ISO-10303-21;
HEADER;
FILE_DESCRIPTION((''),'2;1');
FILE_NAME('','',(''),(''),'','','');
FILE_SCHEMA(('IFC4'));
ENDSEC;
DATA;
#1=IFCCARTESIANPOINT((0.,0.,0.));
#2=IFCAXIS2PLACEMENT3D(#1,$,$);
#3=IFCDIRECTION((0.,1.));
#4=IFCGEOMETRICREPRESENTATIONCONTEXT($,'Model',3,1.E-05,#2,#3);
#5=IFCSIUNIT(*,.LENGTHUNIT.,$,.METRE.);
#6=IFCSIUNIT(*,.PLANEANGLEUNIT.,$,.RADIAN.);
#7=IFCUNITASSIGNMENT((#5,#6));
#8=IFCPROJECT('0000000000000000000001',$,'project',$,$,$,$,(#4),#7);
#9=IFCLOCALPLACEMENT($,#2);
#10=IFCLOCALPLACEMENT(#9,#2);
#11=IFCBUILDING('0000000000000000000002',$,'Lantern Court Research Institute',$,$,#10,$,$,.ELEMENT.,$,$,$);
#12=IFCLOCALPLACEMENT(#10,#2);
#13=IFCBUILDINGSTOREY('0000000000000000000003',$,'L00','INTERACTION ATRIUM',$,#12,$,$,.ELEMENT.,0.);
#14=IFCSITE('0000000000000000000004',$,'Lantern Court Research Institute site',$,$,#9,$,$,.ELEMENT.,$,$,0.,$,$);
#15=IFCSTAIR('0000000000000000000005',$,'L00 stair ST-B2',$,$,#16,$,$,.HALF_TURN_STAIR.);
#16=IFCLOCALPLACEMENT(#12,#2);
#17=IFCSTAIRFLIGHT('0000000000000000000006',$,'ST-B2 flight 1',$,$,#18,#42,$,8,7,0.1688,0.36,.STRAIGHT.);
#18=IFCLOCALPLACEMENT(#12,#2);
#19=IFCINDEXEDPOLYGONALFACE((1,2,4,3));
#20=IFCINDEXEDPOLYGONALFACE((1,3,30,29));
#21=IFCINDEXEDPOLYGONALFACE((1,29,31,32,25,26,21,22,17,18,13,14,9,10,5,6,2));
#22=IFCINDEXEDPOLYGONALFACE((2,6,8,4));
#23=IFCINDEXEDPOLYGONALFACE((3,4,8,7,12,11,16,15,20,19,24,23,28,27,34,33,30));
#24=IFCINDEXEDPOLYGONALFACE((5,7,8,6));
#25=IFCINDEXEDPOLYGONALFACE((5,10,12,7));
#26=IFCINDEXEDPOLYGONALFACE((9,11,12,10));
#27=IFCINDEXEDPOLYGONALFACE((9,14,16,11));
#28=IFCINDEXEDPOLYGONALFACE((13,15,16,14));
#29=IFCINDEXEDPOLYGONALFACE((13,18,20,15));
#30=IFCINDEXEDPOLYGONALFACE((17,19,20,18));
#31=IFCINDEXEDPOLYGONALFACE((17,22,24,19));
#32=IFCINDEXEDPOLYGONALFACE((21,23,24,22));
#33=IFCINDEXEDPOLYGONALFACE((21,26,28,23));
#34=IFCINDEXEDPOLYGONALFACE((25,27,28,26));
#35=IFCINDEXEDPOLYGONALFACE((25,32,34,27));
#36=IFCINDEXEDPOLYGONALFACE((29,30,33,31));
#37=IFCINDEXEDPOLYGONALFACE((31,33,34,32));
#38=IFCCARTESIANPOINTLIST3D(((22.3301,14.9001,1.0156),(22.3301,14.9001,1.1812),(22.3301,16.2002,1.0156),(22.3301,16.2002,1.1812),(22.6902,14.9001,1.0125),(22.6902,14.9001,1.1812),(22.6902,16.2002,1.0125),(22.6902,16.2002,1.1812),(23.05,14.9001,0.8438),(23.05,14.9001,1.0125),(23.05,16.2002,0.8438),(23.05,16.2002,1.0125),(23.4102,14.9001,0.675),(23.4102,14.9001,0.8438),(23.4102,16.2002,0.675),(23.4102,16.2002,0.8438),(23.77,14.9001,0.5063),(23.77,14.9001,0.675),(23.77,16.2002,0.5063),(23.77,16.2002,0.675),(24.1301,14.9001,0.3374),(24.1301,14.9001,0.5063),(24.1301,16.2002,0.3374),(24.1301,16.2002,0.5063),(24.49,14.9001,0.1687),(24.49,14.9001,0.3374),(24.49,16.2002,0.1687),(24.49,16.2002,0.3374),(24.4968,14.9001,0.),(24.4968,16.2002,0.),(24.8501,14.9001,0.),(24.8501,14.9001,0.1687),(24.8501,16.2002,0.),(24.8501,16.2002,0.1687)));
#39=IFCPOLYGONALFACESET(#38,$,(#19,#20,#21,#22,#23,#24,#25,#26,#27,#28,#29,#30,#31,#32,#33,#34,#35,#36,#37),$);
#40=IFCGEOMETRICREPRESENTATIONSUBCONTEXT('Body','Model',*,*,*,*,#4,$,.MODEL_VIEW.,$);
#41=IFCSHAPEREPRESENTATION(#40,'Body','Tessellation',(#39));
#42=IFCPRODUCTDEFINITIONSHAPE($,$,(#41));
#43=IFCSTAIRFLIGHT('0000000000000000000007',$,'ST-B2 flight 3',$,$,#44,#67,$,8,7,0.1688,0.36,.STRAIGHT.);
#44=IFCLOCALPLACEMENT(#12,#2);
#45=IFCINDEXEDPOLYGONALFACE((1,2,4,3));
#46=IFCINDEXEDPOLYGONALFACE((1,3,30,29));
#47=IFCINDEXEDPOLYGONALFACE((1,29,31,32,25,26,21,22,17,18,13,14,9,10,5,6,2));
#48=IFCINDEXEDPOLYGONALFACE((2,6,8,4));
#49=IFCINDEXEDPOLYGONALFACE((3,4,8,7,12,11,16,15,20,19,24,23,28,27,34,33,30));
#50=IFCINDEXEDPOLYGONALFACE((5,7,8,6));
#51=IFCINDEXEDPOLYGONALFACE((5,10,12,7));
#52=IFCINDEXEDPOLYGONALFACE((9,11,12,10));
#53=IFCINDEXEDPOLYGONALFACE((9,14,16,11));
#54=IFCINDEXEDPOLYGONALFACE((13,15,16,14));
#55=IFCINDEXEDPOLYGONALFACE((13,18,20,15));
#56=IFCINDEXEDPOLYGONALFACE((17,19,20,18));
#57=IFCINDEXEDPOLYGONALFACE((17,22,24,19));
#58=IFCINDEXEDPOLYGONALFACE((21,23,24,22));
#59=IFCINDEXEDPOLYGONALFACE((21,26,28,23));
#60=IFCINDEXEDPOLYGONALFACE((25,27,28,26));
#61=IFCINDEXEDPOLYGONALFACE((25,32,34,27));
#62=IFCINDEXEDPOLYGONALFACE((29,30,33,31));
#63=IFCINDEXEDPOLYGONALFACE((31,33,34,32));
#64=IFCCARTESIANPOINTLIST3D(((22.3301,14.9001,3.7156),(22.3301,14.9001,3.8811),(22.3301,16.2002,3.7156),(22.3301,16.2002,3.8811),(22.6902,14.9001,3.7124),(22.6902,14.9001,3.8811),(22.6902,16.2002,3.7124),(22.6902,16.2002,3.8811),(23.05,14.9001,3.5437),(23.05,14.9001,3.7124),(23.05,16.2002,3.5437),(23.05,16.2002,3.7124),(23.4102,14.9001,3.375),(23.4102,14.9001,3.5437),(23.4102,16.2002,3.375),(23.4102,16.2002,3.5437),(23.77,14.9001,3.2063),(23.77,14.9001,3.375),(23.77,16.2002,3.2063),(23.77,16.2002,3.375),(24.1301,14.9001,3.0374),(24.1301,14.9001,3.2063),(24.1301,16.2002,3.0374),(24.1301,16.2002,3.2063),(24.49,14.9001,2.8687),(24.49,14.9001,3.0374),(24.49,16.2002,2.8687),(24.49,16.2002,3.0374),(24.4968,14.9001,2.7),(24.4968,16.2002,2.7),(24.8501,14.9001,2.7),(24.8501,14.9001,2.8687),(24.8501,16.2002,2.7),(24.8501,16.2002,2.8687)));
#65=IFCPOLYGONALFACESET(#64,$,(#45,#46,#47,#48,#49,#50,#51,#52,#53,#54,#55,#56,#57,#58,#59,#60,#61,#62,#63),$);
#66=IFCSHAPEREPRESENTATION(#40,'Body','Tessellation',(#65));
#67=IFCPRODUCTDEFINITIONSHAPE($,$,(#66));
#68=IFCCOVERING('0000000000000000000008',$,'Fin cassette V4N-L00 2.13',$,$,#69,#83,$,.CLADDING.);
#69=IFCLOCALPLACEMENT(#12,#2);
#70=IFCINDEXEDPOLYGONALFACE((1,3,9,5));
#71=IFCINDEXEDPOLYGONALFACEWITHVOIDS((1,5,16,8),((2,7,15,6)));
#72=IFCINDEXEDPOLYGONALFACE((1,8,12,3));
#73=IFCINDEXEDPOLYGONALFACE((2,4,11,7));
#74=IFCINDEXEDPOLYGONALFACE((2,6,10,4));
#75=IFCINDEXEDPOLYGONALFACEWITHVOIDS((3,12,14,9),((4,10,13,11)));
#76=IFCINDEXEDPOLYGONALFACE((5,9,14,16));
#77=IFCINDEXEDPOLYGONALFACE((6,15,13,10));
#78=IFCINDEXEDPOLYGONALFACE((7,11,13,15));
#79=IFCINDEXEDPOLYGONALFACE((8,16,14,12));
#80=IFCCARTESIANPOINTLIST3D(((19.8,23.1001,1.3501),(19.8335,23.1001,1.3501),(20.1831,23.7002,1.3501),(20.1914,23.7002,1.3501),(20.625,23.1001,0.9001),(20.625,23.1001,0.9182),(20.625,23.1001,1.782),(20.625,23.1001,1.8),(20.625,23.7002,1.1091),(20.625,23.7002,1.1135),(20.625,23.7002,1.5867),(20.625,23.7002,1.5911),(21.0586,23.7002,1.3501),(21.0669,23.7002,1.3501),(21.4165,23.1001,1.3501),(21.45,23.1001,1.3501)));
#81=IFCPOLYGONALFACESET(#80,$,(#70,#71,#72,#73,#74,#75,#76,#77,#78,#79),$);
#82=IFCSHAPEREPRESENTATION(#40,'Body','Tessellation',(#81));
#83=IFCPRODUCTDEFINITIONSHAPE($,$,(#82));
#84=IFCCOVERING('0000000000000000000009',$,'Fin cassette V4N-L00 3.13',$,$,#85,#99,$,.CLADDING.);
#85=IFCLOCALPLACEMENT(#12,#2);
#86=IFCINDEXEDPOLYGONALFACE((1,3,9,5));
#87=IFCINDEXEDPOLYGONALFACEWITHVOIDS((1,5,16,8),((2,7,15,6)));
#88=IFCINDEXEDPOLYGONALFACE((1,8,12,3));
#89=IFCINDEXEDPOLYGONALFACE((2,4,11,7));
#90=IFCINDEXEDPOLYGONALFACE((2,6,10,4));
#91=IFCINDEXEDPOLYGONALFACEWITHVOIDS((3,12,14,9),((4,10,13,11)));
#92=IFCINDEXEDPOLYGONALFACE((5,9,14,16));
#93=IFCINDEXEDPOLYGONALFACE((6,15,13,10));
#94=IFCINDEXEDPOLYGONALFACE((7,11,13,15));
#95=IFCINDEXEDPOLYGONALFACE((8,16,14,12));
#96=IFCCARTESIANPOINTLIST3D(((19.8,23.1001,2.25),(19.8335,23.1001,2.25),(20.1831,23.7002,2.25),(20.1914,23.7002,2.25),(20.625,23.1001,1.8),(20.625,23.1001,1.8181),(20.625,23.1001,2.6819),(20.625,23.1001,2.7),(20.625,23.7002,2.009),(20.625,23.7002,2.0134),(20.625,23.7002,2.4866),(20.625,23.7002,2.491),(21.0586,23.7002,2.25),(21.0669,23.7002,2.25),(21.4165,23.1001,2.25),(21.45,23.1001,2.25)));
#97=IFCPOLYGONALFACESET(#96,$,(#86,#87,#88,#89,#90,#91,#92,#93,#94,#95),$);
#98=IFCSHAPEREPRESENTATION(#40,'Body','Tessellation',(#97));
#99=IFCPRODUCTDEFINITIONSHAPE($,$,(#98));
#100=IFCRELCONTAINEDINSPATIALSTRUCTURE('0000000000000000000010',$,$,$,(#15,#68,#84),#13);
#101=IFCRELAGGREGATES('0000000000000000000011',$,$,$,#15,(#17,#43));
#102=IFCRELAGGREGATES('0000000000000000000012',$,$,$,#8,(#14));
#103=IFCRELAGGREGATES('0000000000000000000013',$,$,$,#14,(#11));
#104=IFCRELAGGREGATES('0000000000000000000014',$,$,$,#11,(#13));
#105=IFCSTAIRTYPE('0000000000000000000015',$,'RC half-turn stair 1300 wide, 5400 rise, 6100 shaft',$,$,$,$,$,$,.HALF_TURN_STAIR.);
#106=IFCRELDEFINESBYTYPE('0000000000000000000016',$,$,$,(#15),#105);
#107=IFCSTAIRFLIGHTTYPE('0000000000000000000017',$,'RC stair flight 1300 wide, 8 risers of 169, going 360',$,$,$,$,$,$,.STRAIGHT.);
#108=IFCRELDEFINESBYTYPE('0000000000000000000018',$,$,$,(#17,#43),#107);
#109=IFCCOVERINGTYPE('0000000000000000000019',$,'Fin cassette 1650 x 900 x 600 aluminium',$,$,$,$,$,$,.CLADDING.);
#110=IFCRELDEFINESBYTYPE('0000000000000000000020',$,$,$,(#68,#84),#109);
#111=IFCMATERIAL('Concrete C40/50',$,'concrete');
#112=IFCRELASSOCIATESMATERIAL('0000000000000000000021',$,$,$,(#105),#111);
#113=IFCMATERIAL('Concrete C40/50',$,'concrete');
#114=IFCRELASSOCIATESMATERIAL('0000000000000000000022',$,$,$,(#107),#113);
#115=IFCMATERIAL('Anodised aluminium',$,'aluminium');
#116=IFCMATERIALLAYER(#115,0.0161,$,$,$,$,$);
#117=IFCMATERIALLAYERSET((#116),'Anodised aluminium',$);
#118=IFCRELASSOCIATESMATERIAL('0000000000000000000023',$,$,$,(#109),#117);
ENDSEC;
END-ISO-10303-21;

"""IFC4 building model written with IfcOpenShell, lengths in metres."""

from ifc_helpers import new_model, entity, si_unit, direction, frame, origin, place, context, subcontext, project, spatial, polyline, outline, extrude, material, layer, layer_set, type_object, element, aggregate, save


model = new_model("IFC4")

# Units and contexts
model_context = context("Model", 3, precision=1e-05, world=origin(), true_north=direction((0.0, 1.0)))
body_context = subcontext(model_context, "Body", "Model", "MODEL_VIEW")
ifc_project = project(units=[si_unit("LENGTHUNIT", "METRE"), si_unit("PLANEANGLEUNIT", "RADIAN")], contexts=[model_context])

# Site, building, storey
site_placement = place(None, origin())
site = spatial("IfcSite", under=ifc_project, at=site_placement, Name="Lantern Court Research Institute site", CompositionType="ELEMENT", RefElevation=0.0)
building_placement = place(site_placement, origin())
building = spatial("IfcBuilding", under=site, at=building_placement, Name="Lantern Court Research Institute", CompositionType="ELEMENT")
storey_placement = place(building_placement, origin())
storey = spatial("IfcBuildingStorey", under=building, at=storey_placement, Name="L00", Description="INTERACTION ATRIUM", CompositionType="ELEMENT", Elevation=0.0)

# Stair, stair flights
ifc_material_1 = material(Name="Concrete C40/50", Category="concrete")
stair_type = type_object("IfcStairType", Name="RC half-turn stair 1300 wide, 5400 rise, 6100 shaft", PredefinedType="HALF_TURN_STAIR", material=ifc_material_1)
stair_placement = place(storey_placement, origin())
stair = element("IfcStair", 1, at=stair_placement, inside=storey, type_object=stair_type, Name="L00 stair ST-B2", PredefinedType="HALF_TURN_STAIR")
ifc_material_2 = material(Name="Concrete C40/50", Category="concrete")
stair_flight_type = type_object("IfcStairFlightType", Name="RC stair flight 1300 wide, 8 risers of 169, going 360", PredefinedType="STRAIGHT", material=ifc_material_2)
stair_flight_1_placement = place(storey_placement, frame((24.8501, 15.55, 0.0), z_axis=(0.0, 0.0, 1.0), x_axis=(-1.0, 0.0, 0.0)))
stair_flight_1 = element("IfcStairFlight", 2, at=stair_flight_1_placement, type_object=stair_flight_type, Name="ST-B2 flight 1", NumberOfRisers=8, NumberOfTreads=7, PredefinedType="STRAIGHT", RiserHeight=0.1688, TreadLength=0.36, context=body_context, shape_type="SweptSolid", body=[
    extrude(outline(polyline([(0.0, 0.0), (0.0, 0.1687), (0.3601, 0.1687), (0.3601, 0.3374), (0.72, 0.3374), (0.72, 0.5063), (1.0801, 0.5063), (1.0801, 0.675), (1.4399, 0.675), (1.4399, 0.8438), (1.8, 0.8438), (1.8, 1.0125), (2.1599, 1.0125), (2.1599, 1.1812), (2.52, 1.1812), (2.52, 1.3501), (2.52, 1.0156), (0.3533, 0.0), (0.0, 0.0)])), frame((0.0, 0.6499, 0.0), z_axis=(0.0, -1.0, 0.0), x_axis=(1.0, 0.0, 0.0)), (0.0, 0.0, 1.0), 1.3),
])
stair_flight_2_placement = place(storey_placement, frame((24.8501, 15.55, 2.7), z_axis=(0.0, 0.0, 1.0), x_axis=(-1.0, 0.0, 0.0)))
stair_flight_2 = element("IfcStairFlight", 3, at=stair_flight_2_placement, type_object=stair_flight_type, Name="ST-B2 flight 3", NumberOfRisers=8, NumberOfTreads=7, PredefinedType="STRAIGHT", RiserHeight=0.1688, TreadLength=0.36, context=body_context, shape_type="SweptSolid", body=[
    extrude(outline(polyline([(0.0, 0.0), (0.0, 0.1687), (0.3601, 0.1687), (0.3601, 0.3374), (0.72, 0.3374), (0.72, 0.5063), (1.0801, 0.5063), (1.0801, 0.675), (1.4399, 0.675), (1.4399, 0.8438), (1.8, 0.8438), (1.8, 1.0125), (2.1599, 1.0125), (2.1599, 1.1812), (2.52, 1.1812), (2.52, 1.3501), (2.52, 1.0156), (0.3533, 0.0), (0.0, 0.0)])), frame((0.0, 0.6499, 0.0), z_axis=(0.0, -1.0, 0.0), x_axis=(1.0, 0.0, 0.0)), (0.0, 0.0, 1.0), 1.3),
])
aggregate(stair, [stair_flight_1, stair_flight_2])

# Coverings
ifc_material_3 = material(Name="Anodised aluminium", Category="aluminium")
ifc_layer_1 = layer(ifc_material_3, 0.0161)
ifc_layer_set_1 = layer_set([ifc_layer_1], Name="Anodised aluminium")
covering_type = type_object("IfcCoveringType", Name="Fin cassette 1650 x 900 x 600 aluminium", PredefinedType="CLADDING", material=ifc_layer_set_1)
covering_1_placement = place(storey_placement, frame((20.625, 23.1001, 1.3501), z_axis=(0.0, 1.0, 0.0), x_axis=(-1.0, 0.0, 0.0)))
cartesian_point_1 = entity("IfcCartesianPoint", [0.825, 0.0])
cartesian_point_2 = entity("IfcCartesianPoint", [0.7915, 0.0])
cartesian_point_3 = entity("IfcCartesianPoint", [0.4419, 0.0])
cartesian_point_4 = entity("IfcCartesianPoint", [0.4336, 0.0])
element("IfcCovering", 4, at=covering_1_placement, inside=storey, type_object=covering_type, Name="Fin cassette V4N-L00 2.13", PredefinedType="CLADDING", context=body_context, shape_type="SweptSolid", body=[
    entity("IfcExtrudedAreaSolidTapered", entity("IfcArbitraryProfileDefWithVoids", "AREA", None, entity("IfcPolyline", [cartesian_point_1, entity("IfcCartesianPoint", [0.0, 0.45]), entity("IfcCartesianPoint", [-0.825, 0.0]), entity("IfcCartesianPoint", [0.0, -0.45]), cartesian_point_1]), [entity("IfcPolyline", [cartesian_point_2, entity("IfcCartesianPoint", [0.0, 0.4319]), entity("IfcCartesianPoint", [-0.7915, 0.0]), entity("IfcCartesianPoint", [0.0, -0.4319]), cartesian_point_2])]), entity("IfcAxis2Placement3D", entity("IfcCartesianPoint", [0.0, 0.0, 0.0])), entity("IfcDirection", [0.0, 0.0, 1.0]), 0.6001, entity("IfcArbitraryProfileDefWithVoids", "AREA", None, entity("IfcPolyline", [cartesian_point_3, entity("IfcCartesianPoint", [0.0, 0.241]), entity("IfcCartesianPoint", [-0.4419, 0.0]), entity("IfcCartesianPoint", [0.0, -0.241]), cartesian_point_3]), [entity("IfcPolyline", [cartesian_point_4, entity("IfcCartesianPoint", [0.0, 0.2366]), entity("IfcCartesianPoint", [-0.4336, 0.0]), entity("IfcCartesianPoint", [0.0, -0.2366]), cartesian_point_4])])),
])
covering_2_placement = place(storey_placement, frame((20.625, 23.1001, 2.25), z_axis=(0.0, 1.0, 0.0), x_axis=(-1.0, 0.0, 0.0)))
cartesian_point_5 = entity("IfcCartesianPoint", [0.825, 0.0])
cartesian_point_6 = entity("IfcCartesianPoint", [0.7915, 0.0])
cartesian_point_7 = entity("IfcCartesianPoint", [0.4419, 0.0])
cartesian_point_8 = entity("IfcCartesianPoint", [0.4336, 0.0])
element("IfcCovering", 5, at=covering_2_placement, inside=storey, type_object=covering_type, Name="Fin cassette V4N-L00 3.13", PredefinedType="CLADDING", context=body_context, shape_type="SweptSolid", body=[
    entity("IfcExtrudedAreaSolidTapered", entity("IfcArbitraryProfileDefWithVoids", "AREA", None, entity("IfcPolyline", [cartesian_point_5, entity("IfcCartesianPoint", [0.0, 0.45]), entity("IfcCartesianPoint", [-0.825, 0.0]), entity("IfcCartesianPoint", [0.0, -0.45]), cartesian_point_5]), [entity("IfcPolyline", [cartesian_point_6, entity("IfcCartesianPoint", [0.0, 0.4319]), entity("IfcCartesianPoint", [-0.7915, 0.0]), entity("IfcCartesianPoint", [0.0, -0.4319]), cartesian_point_6])]), entity("IfcAxis2Placement3D", entity("IfcCartesianPoint", [0.0, 0.0, 0.0])), entity("IfcDirection", [0.0, 0.0, 1.0]), 0.6001, entity("IfcArbitraryProfileDefWithVoids", "AREA", None, entity("IfcPolyline", [cartesian_point_7, entity("IfcCartesianPoint", [0.0, 0.241]), entity("IfcCartesianPoint", [-0.4419, 0.0]), entity("IfcCartesianPoint", [0.0, -0.241]), cartesian_point_7]), [entity("IfcPolyline", [cartesian_point_8, entity("IfcCartesianPoint", [0.0, 0.2366]), entity("IfcCartesianPoint", [-0.4336, 0.0]), entity("IfcCartesianPoint", [0.0, -0.2366]), cartesian_point_8])])),
])

save(model, "model.ifc")
